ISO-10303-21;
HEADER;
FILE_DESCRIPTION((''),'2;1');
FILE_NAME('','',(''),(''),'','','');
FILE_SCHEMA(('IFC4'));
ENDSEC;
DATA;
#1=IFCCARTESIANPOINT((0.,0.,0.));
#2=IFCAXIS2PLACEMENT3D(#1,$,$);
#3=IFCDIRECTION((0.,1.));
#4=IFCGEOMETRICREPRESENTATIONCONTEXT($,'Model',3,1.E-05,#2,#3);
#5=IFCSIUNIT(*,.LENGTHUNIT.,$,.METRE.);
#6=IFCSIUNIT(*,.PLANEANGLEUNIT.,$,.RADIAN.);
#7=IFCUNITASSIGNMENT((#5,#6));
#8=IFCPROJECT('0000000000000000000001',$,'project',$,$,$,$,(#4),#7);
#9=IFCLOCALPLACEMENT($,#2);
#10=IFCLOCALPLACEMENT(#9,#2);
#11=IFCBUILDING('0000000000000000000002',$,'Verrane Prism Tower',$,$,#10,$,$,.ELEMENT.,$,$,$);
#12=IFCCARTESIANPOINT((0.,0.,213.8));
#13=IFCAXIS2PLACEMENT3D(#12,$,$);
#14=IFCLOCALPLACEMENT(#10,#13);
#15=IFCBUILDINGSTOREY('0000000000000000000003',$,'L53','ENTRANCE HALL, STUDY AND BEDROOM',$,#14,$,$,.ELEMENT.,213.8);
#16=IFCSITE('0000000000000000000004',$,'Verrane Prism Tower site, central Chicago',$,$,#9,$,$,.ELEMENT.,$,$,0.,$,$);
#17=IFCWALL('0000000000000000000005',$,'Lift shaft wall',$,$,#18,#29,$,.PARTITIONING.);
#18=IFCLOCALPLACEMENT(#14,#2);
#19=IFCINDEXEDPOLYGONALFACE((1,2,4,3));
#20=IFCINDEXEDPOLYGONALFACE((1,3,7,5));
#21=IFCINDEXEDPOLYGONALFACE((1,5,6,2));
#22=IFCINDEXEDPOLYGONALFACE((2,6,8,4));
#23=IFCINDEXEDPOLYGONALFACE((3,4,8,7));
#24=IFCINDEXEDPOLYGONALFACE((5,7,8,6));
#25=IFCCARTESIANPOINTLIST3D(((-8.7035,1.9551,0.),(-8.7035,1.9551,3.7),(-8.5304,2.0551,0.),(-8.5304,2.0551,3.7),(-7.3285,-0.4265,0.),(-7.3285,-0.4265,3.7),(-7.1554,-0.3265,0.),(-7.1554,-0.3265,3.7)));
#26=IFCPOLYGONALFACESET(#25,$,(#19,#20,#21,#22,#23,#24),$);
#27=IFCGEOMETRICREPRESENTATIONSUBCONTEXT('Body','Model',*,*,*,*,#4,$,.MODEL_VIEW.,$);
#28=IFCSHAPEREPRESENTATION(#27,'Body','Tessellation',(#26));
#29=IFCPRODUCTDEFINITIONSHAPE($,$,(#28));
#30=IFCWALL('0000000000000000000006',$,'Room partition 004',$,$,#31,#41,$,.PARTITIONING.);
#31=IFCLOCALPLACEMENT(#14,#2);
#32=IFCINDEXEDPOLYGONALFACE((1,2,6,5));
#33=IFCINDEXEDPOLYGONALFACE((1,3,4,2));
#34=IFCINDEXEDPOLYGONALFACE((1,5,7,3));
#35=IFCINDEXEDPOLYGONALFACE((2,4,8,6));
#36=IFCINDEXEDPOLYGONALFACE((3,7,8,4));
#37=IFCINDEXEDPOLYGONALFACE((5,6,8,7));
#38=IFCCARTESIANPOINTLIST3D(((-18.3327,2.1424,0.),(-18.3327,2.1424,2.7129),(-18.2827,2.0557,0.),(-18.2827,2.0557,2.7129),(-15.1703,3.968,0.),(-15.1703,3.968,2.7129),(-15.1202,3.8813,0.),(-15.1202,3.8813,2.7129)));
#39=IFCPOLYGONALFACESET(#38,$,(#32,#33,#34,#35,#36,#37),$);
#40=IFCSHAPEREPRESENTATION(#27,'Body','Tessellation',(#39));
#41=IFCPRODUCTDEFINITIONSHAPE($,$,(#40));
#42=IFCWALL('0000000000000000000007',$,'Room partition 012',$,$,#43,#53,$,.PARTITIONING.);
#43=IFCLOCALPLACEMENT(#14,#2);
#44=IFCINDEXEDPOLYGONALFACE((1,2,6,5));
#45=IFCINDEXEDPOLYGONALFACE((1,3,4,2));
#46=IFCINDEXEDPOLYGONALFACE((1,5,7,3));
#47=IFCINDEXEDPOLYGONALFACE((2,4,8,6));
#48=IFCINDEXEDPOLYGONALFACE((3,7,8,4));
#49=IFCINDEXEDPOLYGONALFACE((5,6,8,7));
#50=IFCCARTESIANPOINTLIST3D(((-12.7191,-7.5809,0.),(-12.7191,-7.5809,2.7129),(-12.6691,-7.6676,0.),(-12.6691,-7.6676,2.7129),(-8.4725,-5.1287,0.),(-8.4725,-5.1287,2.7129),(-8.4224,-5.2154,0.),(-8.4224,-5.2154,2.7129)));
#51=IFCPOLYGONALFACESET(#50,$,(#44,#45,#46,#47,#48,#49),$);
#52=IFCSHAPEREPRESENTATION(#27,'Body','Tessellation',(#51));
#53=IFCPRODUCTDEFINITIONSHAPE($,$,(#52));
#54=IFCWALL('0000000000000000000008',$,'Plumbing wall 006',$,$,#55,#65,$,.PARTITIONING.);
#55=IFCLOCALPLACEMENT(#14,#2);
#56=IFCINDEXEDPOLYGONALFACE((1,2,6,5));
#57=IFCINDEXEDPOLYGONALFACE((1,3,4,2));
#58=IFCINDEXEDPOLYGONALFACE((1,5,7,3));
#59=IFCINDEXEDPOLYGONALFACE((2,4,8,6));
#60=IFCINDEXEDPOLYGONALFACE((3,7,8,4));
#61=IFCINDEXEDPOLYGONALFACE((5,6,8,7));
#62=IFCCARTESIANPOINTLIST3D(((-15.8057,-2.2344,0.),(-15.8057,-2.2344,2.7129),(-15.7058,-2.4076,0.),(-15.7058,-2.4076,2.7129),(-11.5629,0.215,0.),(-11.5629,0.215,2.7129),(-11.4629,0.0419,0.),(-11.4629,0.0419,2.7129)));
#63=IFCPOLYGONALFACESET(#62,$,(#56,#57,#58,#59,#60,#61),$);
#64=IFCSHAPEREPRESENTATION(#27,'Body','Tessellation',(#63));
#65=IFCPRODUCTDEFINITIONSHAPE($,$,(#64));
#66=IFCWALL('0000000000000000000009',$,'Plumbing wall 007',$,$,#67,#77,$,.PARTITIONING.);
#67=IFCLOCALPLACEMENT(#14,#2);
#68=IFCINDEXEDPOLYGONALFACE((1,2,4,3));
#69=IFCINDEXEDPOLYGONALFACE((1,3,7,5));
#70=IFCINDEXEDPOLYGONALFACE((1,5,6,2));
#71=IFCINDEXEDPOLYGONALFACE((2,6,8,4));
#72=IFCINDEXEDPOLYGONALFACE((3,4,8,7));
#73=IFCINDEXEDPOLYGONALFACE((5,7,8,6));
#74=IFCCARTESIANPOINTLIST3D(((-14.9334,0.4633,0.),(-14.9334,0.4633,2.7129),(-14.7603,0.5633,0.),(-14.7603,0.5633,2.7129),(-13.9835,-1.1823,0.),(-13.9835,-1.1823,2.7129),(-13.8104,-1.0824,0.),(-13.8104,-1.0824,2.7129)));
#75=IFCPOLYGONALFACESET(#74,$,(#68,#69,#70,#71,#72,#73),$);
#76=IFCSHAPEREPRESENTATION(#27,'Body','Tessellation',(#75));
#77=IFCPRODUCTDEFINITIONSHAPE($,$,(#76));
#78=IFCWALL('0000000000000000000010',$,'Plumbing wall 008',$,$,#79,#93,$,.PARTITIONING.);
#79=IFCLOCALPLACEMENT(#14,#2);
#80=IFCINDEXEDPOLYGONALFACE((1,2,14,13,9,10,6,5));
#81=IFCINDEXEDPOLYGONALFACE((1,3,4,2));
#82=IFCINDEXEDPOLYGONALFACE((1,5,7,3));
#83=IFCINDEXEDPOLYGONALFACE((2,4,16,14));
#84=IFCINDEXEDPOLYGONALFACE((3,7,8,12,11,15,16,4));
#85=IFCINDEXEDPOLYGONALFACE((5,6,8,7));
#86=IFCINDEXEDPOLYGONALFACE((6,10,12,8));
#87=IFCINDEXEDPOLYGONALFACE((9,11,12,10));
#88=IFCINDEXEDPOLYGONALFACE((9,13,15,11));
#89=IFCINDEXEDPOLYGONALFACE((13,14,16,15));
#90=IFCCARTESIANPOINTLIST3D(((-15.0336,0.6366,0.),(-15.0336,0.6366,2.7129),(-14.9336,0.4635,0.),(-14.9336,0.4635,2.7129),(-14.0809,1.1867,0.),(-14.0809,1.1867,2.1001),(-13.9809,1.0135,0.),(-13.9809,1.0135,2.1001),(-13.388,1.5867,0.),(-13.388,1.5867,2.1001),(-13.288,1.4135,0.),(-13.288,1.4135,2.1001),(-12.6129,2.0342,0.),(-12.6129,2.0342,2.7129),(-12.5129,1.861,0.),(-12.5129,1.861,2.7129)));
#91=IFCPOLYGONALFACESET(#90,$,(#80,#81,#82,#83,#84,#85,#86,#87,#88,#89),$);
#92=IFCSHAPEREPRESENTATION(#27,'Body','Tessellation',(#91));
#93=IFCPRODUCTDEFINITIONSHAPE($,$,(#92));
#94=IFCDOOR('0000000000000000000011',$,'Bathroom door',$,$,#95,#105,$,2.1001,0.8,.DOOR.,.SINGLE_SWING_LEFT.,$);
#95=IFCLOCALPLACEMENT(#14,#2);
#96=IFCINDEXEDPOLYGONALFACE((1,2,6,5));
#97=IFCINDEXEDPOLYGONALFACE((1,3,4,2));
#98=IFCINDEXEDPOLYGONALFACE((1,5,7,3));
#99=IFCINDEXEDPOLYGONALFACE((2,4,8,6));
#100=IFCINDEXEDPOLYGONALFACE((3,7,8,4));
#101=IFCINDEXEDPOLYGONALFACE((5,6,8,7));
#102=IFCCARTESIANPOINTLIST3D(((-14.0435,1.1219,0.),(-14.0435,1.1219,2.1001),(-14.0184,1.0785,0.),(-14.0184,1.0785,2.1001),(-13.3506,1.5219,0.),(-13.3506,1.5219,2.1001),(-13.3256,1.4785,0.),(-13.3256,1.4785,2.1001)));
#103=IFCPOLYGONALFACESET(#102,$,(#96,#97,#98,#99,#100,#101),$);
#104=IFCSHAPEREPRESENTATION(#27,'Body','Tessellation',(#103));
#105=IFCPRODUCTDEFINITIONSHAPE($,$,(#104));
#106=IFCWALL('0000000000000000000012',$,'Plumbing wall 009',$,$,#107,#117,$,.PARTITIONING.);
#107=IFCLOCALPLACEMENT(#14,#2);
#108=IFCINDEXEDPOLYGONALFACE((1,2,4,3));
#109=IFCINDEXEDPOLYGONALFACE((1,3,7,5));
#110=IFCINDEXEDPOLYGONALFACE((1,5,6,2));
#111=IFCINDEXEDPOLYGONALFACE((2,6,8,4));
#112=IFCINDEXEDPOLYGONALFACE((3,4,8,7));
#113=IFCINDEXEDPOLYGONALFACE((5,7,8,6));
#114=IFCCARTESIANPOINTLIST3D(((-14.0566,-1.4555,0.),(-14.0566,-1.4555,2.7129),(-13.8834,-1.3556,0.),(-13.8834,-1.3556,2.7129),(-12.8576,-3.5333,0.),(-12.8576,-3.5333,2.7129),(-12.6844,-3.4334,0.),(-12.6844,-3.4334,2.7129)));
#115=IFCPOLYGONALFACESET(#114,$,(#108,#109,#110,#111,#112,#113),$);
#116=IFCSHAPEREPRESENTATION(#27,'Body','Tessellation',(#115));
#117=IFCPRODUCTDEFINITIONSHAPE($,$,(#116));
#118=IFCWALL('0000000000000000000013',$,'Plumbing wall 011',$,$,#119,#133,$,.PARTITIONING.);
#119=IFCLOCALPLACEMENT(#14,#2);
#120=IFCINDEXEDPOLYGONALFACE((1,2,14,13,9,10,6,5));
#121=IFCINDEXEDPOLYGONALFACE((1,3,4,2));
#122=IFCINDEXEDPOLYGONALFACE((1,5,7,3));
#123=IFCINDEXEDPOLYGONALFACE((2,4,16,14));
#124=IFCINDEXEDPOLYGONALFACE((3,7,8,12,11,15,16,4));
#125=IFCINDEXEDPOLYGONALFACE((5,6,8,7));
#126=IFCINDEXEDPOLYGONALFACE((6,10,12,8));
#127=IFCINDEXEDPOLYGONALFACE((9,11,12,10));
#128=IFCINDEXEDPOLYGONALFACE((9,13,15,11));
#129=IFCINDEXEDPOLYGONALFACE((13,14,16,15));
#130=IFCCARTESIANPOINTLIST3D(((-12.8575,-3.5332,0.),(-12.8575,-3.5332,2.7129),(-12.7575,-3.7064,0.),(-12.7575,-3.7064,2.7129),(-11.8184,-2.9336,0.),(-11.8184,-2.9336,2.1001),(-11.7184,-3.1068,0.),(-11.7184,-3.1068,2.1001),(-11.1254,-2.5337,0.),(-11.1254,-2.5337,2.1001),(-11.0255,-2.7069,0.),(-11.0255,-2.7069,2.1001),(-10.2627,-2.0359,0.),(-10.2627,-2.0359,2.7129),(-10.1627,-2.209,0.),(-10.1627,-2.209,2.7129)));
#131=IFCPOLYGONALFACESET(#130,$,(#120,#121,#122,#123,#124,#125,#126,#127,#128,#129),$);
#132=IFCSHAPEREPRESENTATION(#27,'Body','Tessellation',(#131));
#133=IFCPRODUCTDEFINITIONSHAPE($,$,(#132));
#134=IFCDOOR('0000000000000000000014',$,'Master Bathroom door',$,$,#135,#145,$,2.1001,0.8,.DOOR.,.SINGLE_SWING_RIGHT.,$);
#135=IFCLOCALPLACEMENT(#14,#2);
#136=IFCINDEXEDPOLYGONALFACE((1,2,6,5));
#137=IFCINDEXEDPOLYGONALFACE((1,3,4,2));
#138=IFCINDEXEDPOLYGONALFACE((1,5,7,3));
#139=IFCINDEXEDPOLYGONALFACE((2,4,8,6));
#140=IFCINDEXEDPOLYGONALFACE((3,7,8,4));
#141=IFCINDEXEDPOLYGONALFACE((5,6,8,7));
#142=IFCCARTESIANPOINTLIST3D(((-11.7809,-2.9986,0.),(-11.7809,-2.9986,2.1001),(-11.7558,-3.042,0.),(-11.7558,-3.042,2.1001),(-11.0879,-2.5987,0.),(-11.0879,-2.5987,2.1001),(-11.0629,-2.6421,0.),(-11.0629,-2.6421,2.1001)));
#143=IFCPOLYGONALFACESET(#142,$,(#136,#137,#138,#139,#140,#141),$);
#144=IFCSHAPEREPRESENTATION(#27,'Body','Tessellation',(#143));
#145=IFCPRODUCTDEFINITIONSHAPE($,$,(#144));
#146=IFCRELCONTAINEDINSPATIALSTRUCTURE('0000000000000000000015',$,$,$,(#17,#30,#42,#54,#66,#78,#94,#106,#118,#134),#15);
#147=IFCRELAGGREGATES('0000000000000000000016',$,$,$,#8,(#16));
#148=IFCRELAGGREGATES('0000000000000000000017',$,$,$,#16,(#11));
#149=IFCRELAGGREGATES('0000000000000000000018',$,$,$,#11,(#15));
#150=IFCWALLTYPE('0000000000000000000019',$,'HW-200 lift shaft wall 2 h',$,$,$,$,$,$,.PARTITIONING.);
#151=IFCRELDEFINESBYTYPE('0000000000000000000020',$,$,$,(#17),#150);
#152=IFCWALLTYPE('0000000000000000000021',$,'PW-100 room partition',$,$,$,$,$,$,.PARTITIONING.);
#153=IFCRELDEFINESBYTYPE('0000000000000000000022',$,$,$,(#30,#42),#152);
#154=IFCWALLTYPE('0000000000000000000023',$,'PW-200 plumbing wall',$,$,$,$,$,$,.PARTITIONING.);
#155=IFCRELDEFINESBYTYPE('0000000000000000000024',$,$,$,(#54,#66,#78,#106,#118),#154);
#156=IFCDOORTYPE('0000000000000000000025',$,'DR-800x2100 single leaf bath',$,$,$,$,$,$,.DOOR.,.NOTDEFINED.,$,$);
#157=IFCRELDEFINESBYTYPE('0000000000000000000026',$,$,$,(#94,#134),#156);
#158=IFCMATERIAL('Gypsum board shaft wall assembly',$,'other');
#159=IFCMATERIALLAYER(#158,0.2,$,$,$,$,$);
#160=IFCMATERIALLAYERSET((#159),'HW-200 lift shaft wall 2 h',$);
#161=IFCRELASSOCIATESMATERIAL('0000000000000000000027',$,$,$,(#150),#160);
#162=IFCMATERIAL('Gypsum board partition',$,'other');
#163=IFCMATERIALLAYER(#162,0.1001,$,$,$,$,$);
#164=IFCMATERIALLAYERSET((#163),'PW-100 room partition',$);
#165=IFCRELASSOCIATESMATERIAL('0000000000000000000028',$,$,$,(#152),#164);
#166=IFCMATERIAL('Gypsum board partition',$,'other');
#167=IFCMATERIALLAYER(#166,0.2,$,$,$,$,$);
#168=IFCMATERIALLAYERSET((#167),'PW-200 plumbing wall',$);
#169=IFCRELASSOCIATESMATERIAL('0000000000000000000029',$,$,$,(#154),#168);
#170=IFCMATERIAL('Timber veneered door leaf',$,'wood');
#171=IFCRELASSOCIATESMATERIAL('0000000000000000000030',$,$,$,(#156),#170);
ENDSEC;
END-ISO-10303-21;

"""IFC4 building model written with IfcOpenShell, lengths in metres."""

from ifc_helpers import new_model, si_unit, direction, frame, frame_2d, origin, place, context, subcontext, project, spatial, rectangle, extrude, material, layer, layer_set, type_object, element, fill, save


model = new_model("IFC4")

# Units and contexts
model_context = context("Model", 3, precision=1e-05, world=origin(), true_north=direction((0.0, 1.0)))
body_context = subcontext(model_context, "Body", "Model", "MODEL_VIEW")
ifc_project = project(units=[si_unit("LENGTHUNIT", "METRE"), si_unit("PLANEANGLEUNIT", "RADIAN")], contexts=[model_context])

# Site, building, storey
site_placement = place(None, origin())
site = spatial("IfcSite", under=ifc_project, at=site_placement, Name="Verrane Prism Tower site, central Chicago", CompositionType="ELEMENT", RefElevation=0.0)
building_placement = place(site_placement, origin())
building = spatial("IfcBuilding", under=site, at=building_placement, Name="Verrane Prism Tower", CompositionType="ELEMENT")
storey_placement = place(building_placement, frame((0.0, 0.0, 213.8)))
storey = spatial("IfcBuildingStorey", under=building, at=storey_placement, Name="L53", Description="ENTRANCE HALL, STUDY AND BEDROOM", CompositionType="ELEMENT", Elevation=213.8)

# Walls
ifc_material_1 = material(Name="Gypsum board shaft wall assembly", Category="other")
ifc_layer_1 = layer(ifc_material_1, 0.2)
ifc_layer_set_1 = layer_set([ifc_layer_1], Name="HW-200 lift shaft wall 2 h")
wall_type_1 = type_object("IfcWallType", Name="HW-200 lift shaft wall 2 h", PredefinedType="PARTITIONING", material=ifc_layer_set_1)
wall_1_placement = place(storey_placement, frame((-7.2419, -0.3765, 0.0), z_axis=(0.0, 0.0, 1.0), x_axis=(-0.499997, 0.866027, 0.0)))
element("IfcWall", 1, at=wall_1_placement, inside=storey, type_object=wall_type_1, Name="Lift shaft wall", PredefinedType="PARTITIONING", context=body_context, shape_type="SweptSolid", body=[
    extrude(rectangle(XDim=2.75, YDim=0.2, at=frame_2d((1.375, 0.0))), origin(), (0.0, 0.0, 1.0), 3.7),
])
ifc_material_2 = material(Name="Gypsum board partition", Category="other")
ifc_layer_2 = layer(ifc_material_2, 0.1001)
ifc_layer_set_2 = layer_set([ifc_layer_2], Name="PW-100 room partition")
wall_type_2 = type_object("IfcWallType", Name="PW-100 room partition", PredefinedType="PARTITIONING", material=ifc_layer_set_2)
wall_2_placement = place(storey_placement, frame((-18.3076, 2.0991, 0.0), z_axis=(0.0, 0.0, 1.0), x_axis=(0.866054, 0.49995, 0.0)))
element("IfcWall", 2, at=wall_2_placement, inside=storey, type_object=wall_type_2, Name="Room partition 004", PredefinedType="PARTITIONING", context=body_context, shape_type="SweptSolid", body=[
    extrude(rectangle(XDim=3.6516, YDim=0.1001, at=frame_2d((1.8257, 0.0))), origin(), (0.0, 0.0, 1.0), 2.7129),
])
wall_3_placement = place(storey_placement, frame((-12.6941, -7.6243, 0.0), z_axis=(0.0, 0.0, 1.0), x_axis=(0.865992, 0.500059, 0.0)))
element("IfcWall", 3, at=wall_3_placement, inside=storey, type_object=wall_type_2, Name="Room partition 012", PredefinedType="PARTITIONING", context=body_context, shape_type="SweptSolid", body=[
    extrude(rectangle(XDim=4.9038, YDim=0.1001, at=frame_2d((2.4519, 0.0))), origin(), (0.0, 0.0, 1.0), 2.7129),
])
ifc_material_3 = material(Name="Gypsum board partition", Category="other")
ifc_layer_3 = layer(ifc_material_3, 0.2)
ifc_layer_set_3 = layer_set([ifc_layer_3], Name="PW-200 plumbing wall")
wall_type_3 = type_object("IfcWallType", Name="PW-200 plumbing wall", PredefinedType="PARTITIONING", material=ifc_layer_set_3)
wall_4_placement = place(storey_placement, frame((-15.7559, -2.321, 0.0), z_axis=(0.0, 0.0, 1.0), x_axis=(0.866042, 0.499971, 0.0)))
element("IfcWall", 4, at=wall_4_placement, inside=storey, type_object=wall_type_3, Name="Plumbing wall 006", PredefinedType="PARTITIONING", context=body_context, shape_type="SweptSolid", body=[
    extrude(rectangle(XDim=4.8992, YDim=0.2, at=frame_2d((2.4497, 0.0))), origin(), (0.0, 0.0, 1.0), 2.7129),
])
wall_5_placement = place(storey_placement, frame((-14.8469, 0.5134, 0.0), z_axis=(0.0, 0.0, 1.0), x_axis=(0.499912, -0.866076, 0.0)))
element("IfcWall", 5, at=wall_5_placement, inside=storey, type_object=wall_type_3, Name="Plumbing wall 007", PredefinedType="PARTITIONING", context=body_context, shape_type="SweptSolid", body=[
    extrude(rectangle(XDim=1.9001, YDim=0.2, at=frame_2d((0.9502, 0.0))), origin(), (0.0, 0.0, 1.0), 2.7129),
])

# Wall, opening, door
wall_6_placement = place(storey_placement, frame((-12.563, 1.9475, 0.0), z_axis=(0.0, 0.0, 1.0), x_axis=(-0.866042, -0.499972, 0.0)))
wall_6 = element("IfcWall", 6, at=wall_6_placement, inside=storey, type_object=wall_type_3, Name="Plumbing wall 008", PredefinedType="PARTITIONING", context=body_context, shape_type="SweptSolid", body=[
    extrude(rectangle(XDim=2.7952, YDim=0.2, at=frame_2d((1.3975, 0.0))), origin(), (0.0, 0.0, 1.0), 2.7129),
])
opening_1_placement = place(wall_6_placement, frame((0.895, 0.0, 0.0)))
opening_1 = element("IfcOpeningElement", 7, at=opening_1_placement, cuts=wall_6, PredefinedType="OPENING", context=body_context, shape_type="SweptSolid", body=[
    extrude(rectangle(XDim=0.8, YDim=2.1001, at=frame_2d((0.3999, 1.05))), frame((0.0, 0.1099, 0.0), z_axis=(0.0, -1.0, 0.0), x_axis=(1.0, 0.0, 0.0)), (0.0, 0.0, 1.0), 0.22),
])
ifc_material_4 = material(Name="Timber veneered door leaf", Category="wood")
door_type = type_object("IfcDoorType", Name="DR-800x2100 single leaf bath", OperationType="NOTDEFINED", PredefinedType="DOOR", material=ifc_material_4)
door_1_placement = place(opening_1_placement, origin())
door_1 = element("IfcDoor", 8, at=door_1_placement, inside=storey, type_object=door_type, Name="Bathroom door", OperationType="SINGLE_SWING_LEFT", OverallHeight=2.1001, OverallWidth=0.8, PredefinedType="DOOR", context=body_context, shape_type="SweptSolid", body=[
    extrude(rectangle(XDim=0.8, YDim=2.1001, at=frame_2d((0.3999, 1.05))), frame((0.0, 0.0249, 0.0), z_axis=(0.0, -1.0, 0.0), x_axis=(1.0, 0.0, 0.0)), (0.0, 0.0, 1.0), 0.05),
])
fill(opening_1, door_1)

# Wall
wall_7_placement = place(storey_placement, frame((-13.97, -1.4055, 0.0), z_axis=(0.0, 0.0, 1.0), x_axis=(0.499784, -0.86615, 0.0)))
element("IfcWall", 9, at=wall_7_placement, inside=storey, type_object=wall_type_3, Name="Plumbing wall 009", PredefinedType="PARTITIONING", context=body_context, shape_type="SweptSolid", body=[
    extrude(rectangle(XDim=2.3989, YDim=0.2, at=frame_2d((1.1995, 0.0))), origin(), (0.0, 0.0, 1.0), 2.7129),
])

# Wall, opening, door
wall_8_placement = place(storey_placement, frame((-12.8076, -3.6199, 0.0), z_axis=(0.0, 0.0, 1.0), x_axis=(0.866134, 0.499812, 0.0)))
wall_8 = element("IfcWall", 10, at=wall_8_placement, inside=storey, type_object=wall_type_3, Name="Plumbing wall 011", PredefinedType="PARTITIONING", context=body_context, shape_type="SweptSolid", body=[
    extrude(rectangle(XDim=2.9958, YDim=0.2, at=frame_2d((1.498, 0.0))), origin(), (0.0, 0.0, 1.0), 2.7129),
])
opening_2_placement = place(wall_8_placement, frame((1.2, 0.0, 0.0)))
opening_2 = element("IfcOpeningElement", 11, at=opening_2_placement, cuts=wall_8, PredefinedType="OPENING", context=body_context, shape_type="SweptSolid", body=[
    extrude(rectangle(XDim=0.8, YDim=2.1001, at=frame_2d((0.3999, 1.05))), frame((0.0, 0.1099, 0.0), z_axis=(0.0, -1.0, 0.0), x_axis=(1.0, 0.0, 0.0)), (0.0, 0.0, 1.0), 0.22),
])
door_2_placement = place(opening_2_placement, origin())
door_2 = element("IfcDoor", 12, at=door_2_placement, inside=storey, type_object=door_type, Name="Master Bathroom door", OperationType="SINGLE_SWING_RIGHT", OverallHeight=2.1001, OverallWidth=0.8, PredefinedType="DOOR", context=body_context, shape_type="SweptSolid", body=[
    extrude(rectangle(XDim=0.8, YDim=2.1001, at=frame_2d((0.3999, 1.05))), frame((0.0, 0.0249, 0.0), z_axis=(0.0, -1.0, 0.0), x_axis=(1.0, 0.0, 0.0)), (0.0, 0.0, 1.0), 0.05),
])
fill(opening_2, door_2)

save(model, "model.ifc")
